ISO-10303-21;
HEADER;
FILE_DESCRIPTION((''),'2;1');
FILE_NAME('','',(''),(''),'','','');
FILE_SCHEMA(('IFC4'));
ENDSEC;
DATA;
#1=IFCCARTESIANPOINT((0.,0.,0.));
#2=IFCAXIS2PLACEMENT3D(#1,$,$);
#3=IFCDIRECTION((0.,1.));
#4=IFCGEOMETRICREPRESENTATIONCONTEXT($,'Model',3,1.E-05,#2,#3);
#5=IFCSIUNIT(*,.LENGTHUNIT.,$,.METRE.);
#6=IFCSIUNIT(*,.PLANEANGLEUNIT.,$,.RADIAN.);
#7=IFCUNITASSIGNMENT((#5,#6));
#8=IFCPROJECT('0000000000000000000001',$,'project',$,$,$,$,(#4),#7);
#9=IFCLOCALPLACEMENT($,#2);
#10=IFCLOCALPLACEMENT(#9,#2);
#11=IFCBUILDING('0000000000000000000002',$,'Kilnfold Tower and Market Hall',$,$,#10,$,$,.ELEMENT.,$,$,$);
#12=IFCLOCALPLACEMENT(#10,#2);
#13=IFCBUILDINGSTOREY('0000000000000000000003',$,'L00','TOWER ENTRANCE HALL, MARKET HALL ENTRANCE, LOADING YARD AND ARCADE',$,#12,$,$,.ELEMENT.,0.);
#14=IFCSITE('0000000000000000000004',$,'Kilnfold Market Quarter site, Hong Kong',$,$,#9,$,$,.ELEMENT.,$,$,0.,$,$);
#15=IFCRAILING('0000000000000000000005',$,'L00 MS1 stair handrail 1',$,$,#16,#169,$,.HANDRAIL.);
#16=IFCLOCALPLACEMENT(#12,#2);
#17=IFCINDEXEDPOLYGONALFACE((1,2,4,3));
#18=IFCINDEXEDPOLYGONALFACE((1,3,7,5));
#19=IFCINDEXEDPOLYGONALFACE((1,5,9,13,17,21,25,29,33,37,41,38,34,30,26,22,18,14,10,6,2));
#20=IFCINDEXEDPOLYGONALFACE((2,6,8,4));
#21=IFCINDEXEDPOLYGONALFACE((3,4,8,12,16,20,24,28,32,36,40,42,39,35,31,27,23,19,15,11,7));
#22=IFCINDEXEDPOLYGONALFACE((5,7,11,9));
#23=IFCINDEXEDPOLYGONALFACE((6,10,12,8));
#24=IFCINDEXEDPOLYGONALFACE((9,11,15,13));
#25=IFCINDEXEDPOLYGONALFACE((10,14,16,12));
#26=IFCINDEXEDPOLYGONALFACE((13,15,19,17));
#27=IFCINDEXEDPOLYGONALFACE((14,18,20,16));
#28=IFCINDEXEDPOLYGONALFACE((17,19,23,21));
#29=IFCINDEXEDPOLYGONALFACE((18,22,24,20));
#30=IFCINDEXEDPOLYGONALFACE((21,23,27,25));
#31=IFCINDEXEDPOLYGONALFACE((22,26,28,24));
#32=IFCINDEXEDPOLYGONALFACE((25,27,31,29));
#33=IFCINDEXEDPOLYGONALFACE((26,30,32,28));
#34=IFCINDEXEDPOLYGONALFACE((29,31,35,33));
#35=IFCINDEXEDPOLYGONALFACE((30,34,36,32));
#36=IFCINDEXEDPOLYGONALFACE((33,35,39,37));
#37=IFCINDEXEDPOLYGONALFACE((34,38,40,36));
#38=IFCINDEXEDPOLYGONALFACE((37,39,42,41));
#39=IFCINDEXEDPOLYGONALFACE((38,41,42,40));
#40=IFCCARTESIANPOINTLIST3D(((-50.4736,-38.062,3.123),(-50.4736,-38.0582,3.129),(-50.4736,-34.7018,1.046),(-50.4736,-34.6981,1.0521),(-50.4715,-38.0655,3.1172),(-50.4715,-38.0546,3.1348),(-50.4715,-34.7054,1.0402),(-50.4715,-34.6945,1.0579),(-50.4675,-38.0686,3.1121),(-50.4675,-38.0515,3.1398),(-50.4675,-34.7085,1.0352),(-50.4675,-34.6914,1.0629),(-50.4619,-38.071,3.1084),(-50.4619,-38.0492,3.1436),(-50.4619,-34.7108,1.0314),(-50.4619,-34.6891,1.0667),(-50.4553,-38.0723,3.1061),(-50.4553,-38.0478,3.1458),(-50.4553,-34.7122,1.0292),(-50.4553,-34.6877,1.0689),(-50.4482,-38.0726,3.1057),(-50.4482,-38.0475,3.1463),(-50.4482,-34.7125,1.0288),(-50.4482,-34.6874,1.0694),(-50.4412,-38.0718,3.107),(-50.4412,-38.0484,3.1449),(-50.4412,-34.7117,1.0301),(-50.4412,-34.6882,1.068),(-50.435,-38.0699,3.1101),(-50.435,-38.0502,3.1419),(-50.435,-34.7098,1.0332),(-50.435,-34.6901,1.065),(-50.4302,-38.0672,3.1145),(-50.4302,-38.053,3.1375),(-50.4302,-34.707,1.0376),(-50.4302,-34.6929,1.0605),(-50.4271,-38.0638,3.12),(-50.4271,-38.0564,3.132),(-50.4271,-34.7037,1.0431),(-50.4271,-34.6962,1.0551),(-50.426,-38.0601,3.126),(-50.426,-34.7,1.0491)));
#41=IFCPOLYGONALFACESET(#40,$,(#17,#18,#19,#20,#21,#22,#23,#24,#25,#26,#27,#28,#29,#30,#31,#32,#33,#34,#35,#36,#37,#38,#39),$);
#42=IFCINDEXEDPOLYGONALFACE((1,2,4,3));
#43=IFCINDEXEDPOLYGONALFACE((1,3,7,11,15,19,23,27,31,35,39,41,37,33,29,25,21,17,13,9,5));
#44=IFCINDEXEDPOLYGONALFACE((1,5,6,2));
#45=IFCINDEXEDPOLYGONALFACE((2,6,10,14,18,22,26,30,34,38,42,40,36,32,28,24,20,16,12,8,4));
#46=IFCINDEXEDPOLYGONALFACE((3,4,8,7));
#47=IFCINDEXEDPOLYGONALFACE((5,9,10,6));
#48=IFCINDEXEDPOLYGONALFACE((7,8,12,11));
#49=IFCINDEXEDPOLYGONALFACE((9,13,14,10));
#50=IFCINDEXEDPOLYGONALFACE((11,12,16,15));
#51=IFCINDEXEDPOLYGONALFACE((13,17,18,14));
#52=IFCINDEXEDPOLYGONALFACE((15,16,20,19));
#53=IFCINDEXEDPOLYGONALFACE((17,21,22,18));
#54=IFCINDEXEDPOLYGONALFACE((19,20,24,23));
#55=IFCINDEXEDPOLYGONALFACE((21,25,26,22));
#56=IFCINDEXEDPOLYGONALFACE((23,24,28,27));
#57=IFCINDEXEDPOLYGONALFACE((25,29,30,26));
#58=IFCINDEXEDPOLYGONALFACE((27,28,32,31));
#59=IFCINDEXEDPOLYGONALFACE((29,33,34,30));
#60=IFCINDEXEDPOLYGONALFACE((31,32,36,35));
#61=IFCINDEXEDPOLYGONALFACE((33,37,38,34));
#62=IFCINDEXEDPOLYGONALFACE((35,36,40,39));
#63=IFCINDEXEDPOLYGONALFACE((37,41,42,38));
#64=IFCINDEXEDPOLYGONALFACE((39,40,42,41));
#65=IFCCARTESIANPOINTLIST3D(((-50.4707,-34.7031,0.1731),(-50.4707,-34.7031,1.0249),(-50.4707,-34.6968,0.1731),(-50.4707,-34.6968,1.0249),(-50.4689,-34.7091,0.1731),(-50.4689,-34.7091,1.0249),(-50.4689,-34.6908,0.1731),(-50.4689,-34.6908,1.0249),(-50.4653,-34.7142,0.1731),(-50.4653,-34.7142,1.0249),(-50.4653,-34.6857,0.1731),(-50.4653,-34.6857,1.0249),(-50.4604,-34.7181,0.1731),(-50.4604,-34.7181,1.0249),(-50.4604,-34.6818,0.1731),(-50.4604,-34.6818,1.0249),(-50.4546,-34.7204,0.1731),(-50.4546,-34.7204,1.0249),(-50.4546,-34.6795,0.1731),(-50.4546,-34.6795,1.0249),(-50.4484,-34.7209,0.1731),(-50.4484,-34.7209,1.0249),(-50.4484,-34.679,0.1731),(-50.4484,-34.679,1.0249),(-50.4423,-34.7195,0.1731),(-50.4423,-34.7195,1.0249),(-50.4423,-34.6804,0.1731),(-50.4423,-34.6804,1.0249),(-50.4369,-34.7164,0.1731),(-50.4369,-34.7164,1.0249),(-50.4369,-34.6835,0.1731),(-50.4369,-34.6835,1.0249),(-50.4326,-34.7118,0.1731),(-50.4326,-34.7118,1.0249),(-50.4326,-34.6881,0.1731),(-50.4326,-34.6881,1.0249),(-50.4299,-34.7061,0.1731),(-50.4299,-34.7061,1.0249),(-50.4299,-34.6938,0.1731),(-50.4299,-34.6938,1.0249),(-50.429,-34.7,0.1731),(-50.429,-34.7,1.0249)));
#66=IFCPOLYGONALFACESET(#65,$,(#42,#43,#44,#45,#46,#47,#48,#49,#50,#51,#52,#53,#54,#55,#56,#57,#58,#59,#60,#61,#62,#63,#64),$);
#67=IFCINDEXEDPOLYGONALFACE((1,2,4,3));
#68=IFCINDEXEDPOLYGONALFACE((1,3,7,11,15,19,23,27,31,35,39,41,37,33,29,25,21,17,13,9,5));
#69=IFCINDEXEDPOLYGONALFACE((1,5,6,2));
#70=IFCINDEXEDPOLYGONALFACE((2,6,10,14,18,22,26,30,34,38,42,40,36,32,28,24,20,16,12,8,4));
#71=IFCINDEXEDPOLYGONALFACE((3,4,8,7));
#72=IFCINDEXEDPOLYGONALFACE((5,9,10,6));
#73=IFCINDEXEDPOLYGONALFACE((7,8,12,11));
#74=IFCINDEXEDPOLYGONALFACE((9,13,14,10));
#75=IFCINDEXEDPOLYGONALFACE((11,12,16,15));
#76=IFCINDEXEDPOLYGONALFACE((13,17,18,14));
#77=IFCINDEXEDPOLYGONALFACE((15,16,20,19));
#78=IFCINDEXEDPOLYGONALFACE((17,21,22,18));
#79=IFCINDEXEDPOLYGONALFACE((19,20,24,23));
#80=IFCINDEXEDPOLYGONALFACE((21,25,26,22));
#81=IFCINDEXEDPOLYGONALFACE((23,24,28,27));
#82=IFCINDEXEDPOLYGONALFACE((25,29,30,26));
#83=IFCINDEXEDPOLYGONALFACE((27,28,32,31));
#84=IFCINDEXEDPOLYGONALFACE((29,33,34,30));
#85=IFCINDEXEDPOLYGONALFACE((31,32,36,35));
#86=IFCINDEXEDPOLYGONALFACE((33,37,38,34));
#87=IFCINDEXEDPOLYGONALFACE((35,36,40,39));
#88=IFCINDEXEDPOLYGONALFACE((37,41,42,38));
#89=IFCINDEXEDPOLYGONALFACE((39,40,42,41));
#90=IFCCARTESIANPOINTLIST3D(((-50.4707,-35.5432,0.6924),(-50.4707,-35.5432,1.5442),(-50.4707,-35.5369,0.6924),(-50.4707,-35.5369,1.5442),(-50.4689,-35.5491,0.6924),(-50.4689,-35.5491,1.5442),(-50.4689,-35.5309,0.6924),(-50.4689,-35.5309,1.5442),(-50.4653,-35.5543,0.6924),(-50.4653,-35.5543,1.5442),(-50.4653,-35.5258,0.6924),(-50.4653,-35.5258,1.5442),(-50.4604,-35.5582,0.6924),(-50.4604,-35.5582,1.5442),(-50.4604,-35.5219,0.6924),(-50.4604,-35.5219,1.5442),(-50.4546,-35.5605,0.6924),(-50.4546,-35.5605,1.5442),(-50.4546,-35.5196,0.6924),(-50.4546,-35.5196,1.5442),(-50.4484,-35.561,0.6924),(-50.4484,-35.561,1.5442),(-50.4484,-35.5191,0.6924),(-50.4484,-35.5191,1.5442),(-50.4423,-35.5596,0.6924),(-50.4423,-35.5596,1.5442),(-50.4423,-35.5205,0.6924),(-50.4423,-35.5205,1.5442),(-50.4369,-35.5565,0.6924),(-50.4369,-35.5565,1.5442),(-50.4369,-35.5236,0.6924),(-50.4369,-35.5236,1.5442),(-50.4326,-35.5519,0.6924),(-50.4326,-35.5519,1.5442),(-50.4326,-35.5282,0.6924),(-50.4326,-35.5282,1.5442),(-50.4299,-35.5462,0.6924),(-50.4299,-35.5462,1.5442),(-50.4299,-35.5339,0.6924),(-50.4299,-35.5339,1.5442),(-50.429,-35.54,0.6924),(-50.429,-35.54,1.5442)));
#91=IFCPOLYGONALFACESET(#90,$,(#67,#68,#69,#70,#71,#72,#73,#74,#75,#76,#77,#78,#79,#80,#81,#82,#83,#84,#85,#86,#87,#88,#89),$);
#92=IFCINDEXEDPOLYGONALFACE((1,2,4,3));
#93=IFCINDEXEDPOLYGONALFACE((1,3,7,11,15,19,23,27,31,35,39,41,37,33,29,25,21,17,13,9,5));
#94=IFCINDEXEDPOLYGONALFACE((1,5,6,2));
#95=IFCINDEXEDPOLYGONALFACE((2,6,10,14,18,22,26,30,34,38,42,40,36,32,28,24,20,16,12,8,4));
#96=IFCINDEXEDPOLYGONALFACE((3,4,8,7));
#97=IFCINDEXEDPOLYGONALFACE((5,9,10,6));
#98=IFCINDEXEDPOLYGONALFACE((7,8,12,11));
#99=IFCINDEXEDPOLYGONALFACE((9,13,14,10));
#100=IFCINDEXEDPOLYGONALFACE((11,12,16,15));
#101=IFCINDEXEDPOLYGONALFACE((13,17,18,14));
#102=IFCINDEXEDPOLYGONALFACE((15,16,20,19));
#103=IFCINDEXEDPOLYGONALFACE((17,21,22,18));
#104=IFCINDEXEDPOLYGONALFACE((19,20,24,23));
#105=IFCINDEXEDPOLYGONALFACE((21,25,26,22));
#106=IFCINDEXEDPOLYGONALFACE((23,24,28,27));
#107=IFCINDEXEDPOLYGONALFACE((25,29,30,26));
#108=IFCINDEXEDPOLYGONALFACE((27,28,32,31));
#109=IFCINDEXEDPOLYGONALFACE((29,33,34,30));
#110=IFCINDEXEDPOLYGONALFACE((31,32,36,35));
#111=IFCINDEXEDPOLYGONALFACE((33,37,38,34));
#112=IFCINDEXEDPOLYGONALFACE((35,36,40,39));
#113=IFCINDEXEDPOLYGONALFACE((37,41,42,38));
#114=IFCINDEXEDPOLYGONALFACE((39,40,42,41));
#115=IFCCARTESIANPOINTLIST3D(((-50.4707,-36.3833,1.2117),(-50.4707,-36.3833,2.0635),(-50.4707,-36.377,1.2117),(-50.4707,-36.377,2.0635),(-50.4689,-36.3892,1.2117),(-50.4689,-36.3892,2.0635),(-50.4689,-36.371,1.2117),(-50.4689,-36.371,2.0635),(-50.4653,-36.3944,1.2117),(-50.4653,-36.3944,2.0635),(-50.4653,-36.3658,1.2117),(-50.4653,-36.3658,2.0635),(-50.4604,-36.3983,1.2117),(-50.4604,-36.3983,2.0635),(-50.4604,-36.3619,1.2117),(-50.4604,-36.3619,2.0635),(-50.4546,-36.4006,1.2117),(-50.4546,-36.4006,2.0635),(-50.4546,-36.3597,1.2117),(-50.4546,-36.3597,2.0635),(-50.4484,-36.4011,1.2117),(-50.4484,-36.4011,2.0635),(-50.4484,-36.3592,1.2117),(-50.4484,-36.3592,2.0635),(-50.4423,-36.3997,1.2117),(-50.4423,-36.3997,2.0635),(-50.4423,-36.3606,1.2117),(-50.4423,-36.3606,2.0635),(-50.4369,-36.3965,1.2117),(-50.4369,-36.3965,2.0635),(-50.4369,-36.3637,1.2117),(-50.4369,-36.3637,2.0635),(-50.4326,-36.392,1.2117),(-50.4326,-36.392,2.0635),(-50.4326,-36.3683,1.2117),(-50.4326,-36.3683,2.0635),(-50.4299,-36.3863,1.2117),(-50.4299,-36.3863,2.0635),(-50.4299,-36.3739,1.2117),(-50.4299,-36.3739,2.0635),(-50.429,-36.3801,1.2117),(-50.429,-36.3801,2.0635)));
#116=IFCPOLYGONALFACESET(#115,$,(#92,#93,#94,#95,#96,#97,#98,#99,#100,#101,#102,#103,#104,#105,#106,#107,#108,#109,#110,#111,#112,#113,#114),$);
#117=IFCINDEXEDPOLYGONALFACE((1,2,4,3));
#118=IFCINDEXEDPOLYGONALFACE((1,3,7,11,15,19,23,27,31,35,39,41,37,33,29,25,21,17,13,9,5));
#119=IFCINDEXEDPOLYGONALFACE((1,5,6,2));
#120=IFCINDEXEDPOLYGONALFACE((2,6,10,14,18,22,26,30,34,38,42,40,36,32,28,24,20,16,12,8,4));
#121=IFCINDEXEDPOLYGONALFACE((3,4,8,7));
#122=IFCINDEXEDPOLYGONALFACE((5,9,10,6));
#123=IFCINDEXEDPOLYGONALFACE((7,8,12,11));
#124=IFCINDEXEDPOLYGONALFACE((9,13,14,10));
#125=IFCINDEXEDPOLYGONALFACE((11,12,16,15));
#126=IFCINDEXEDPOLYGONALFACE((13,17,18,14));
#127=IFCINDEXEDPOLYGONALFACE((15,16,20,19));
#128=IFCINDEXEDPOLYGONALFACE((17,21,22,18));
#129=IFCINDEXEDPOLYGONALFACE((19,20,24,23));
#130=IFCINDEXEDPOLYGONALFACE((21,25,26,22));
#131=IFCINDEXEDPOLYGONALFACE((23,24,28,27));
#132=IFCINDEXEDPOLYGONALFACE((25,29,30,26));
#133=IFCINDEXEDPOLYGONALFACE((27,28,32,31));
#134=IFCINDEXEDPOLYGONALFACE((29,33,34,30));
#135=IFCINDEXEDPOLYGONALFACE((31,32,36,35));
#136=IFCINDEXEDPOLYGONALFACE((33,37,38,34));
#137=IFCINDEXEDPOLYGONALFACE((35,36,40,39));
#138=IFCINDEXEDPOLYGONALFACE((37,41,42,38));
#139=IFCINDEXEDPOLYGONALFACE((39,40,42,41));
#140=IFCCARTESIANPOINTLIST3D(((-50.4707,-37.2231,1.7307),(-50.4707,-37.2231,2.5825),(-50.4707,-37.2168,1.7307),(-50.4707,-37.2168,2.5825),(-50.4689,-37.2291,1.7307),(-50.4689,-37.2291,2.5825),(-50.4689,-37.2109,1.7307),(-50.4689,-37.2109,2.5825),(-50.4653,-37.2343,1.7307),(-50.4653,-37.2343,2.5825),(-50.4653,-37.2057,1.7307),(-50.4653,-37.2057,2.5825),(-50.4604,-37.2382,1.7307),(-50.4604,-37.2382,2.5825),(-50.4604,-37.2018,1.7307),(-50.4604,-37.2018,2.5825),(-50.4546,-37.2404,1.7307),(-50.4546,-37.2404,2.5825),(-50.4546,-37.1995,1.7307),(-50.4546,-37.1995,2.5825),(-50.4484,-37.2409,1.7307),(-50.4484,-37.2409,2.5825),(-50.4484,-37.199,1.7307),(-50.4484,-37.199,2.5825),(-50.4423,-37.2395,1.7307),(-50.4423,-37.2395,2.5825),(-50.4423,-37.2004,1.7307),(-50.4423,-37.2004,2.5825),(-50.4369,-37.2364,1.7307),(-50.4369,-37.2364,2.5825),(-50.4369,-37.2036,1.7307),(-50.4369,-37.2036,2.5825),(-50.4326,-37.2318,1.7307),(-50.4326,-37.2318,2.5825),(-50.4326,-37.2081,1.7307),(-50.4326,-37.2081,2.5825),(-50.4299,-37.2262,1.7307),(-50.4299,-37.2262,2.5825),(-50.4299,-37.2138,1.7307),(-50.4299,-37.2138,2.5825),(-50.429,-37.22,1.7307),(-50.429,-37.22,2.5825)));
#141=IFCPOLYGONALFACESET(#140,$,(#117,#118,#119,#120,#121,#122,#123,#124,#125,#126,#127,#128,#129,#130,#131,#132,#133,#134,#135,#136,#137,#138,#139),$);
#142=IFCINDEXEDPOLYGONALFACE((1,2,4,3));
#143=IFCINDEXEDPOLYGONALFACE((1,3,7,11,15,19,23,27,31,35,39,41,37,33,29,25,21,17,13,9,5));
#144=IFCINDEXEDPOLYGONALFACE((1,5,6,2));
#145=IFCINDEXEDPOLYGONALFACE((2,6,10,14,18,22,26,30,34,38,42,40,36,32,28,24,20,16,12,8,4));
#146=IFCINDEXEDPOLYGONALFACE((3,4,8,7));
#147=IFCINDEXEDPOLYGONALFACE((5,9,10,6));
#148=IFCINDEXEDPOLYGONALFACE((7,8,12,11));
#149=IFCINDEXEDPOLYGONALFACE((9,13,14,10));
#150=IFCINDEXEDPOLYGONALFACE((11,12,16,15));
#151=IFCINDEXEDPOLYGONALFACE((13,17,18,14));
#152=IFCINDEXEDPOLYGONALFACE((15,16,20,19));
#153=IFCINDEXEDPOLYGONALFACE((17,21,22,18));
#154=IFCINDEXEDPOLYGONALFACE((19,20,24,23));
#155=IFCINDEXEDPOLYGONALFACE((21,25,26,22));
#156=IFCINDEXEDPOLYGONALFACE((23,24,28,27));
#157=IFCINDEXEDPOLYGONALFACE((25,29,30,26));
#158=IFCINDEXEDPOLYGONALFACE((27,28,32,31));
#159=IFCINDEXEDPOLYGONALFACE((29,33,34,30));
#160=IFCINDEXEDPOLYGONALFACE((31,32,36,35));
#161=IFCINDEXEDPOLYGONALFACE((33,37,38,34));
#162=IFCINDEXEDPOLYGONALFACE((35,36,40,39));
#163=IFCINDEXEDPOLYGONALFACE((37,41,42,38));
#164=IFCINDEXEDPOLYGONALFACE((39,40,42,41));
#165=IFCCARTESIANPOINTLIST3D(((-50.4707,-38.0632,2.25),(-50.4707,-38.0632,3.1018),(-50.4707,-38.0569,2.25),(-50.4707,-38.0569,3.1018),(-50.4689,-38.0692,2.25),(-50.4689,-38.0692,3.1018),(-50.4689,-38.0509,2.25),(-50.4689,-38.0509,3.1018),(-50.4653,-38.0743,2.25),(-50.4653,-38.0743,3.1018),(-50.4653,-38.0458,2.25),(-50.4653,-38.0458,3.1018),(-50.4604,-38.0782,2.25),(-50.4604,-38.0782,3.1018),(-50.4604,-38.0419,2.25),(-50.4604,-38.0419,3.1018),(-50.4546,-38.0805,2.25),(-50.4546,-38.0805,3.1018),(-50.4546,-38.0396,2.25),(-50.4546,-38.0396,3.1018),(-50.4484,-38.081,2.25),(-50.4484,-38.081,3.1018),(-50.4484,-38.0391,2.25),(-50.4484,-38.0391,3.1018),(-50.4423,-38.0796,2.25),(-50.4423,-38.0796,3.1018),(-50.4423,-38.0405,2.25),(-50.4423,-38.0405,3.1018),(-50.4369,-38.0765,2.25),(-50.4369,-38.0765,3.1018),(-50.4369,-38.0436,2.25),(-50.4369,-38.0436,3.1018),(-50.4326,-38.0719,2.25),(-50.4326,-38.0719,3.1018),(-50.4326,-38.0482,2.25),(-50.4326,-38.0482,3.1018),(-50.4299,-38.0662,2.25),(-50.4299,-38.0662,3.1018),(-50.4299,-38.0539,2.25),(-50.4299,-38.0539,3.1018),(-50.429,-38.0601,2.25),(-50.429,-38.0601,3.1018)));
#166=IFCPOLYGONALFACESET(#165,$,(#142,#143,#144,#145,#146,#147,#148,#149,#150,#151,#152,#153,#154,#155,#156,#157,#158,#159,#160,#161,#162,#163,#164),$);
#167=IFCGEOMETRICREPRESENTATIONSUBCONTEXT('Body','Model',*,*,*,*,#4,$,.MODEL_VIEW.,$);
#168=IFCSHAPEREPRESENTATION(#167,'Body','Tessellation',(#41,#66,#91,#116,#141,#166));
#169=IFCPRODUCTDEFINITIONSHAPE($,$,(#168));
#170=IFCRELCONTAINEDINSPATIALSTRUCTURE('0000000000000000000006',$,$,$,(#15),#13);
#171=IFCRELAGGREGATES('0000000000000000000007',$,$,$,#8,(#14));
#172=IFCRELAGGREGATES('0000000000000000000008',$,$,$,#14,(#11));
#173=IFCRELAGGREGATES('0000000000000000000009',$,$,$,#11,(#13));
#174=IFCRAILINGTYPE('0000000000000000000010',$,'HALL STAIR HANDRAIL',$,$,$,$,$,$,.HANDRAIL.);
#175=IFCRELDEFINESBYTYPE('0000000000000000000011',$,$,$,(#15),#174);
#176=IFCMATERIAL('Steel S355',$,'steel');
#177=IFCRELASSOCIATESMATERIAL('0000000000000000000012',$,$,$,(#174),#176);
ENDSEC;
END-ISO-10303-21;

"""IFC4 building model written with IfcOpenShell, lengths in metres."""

from ifc_helpers import new_model, si_unit, direction, frame, origin, origin_2d, place, context, subcontext, project, spatial, circle, extrude, material, type_object, element, save


model = new_model("IFC4")

# Units and contexts
model_context = context("Model", 3, precision=1e-05, world=origin(), true_north=direction((0.0, 1.0)))
body_context = subcontext(model_context, "Body", "Model", "MODEL_VIEW")
ifc_project = project(units=[si_unit("LENGTHUNIT", "METRE"), si_unit("PLANEANGLEUNIT", "RADIAN")], contexts=[model_context])

# Site, building, storey
site_placement = place(None, origin())
site = spatial("IfcSite", under=ifc_project, at=site_placement, Name="Kilnfold Market Quarter site, Hong Kong", CompositionType="ELEMENT", RefElevation=0.0)
building_placement = place(site_placement, origin())
building = spatial("IfcBuilding", under=site, at=building_placement, Name="Kilnfold Tower and Market Hall", CompositionType="ELEMENT")
storey_placement = place(building_placement, origin())
storey = spatial("IfcBuildingStorey", under=building, at=storey_placement, Name="L00", Description="TOWER ENTRANCE HALL, MARKET HALL ENTRANCE, LOADING YARD AND ARCADE", CompositionType="ELEMENT", Elevation=0.0)

# Railing
ifc_material_1 = material(Name="Steel S355", Category="steel")
railing_type_1 = type_object("IfcRailingType", Name="HALL STAIR HANDRAIL", PredefinedType="HANDRAIL", material=ifc_material_1)
for number, where, name in (
    (1, (-50.45, -34.7, 0.1731), "L00 MS1 stair handrail 1"),
):
    element("IfcRailing", number, at=place(storey_placement, frame(where)), inside=storey, type_object=railing_type_1, Name=name, PredefinedType="HANDRAIL", context=body_context, shape_type="SweptSolid", body=[
        extrude(circle(Radius=0.0239, at=origin_2d()), frame((0.0, 0.0, 0.876), z_axis=(0.0, -0.850623, 0.525776), x_axis=(1.0, 0.0, 0.0)), (0.0, 0.0, 1.0), 3.9502),
        extrude(circle(Radius=0.021, at=origin_2d()), origin(), (0.0, 0.0, 1.0), 0.8518),
        extrude(circle(Radius=0.021, at=origin_2d()), frame((0.0, -0.8401, 0.5193)), (0.0, 0.0, 1.0), 0.8518),
        extrude(circle(Radius=0.021, at=origin_2d()), frame((0.0, -1.6802, 1.0386)), (0.0, 0.0, 1.0), 0.8518),
        extrude(circle(Radius=0.021, at=origin_2d()), frame((0.0, -2.52, 1.5576)), (0.0, 0.0, 1.0), 0.8518),
        extrude(circle(Radius=0.021, at=origin_2d()), frame((0.0, -3.3601, 2.0769)), (0.0, 0.0, 1.0), 0.8518),
    ])

save(model, "model.ifc")
